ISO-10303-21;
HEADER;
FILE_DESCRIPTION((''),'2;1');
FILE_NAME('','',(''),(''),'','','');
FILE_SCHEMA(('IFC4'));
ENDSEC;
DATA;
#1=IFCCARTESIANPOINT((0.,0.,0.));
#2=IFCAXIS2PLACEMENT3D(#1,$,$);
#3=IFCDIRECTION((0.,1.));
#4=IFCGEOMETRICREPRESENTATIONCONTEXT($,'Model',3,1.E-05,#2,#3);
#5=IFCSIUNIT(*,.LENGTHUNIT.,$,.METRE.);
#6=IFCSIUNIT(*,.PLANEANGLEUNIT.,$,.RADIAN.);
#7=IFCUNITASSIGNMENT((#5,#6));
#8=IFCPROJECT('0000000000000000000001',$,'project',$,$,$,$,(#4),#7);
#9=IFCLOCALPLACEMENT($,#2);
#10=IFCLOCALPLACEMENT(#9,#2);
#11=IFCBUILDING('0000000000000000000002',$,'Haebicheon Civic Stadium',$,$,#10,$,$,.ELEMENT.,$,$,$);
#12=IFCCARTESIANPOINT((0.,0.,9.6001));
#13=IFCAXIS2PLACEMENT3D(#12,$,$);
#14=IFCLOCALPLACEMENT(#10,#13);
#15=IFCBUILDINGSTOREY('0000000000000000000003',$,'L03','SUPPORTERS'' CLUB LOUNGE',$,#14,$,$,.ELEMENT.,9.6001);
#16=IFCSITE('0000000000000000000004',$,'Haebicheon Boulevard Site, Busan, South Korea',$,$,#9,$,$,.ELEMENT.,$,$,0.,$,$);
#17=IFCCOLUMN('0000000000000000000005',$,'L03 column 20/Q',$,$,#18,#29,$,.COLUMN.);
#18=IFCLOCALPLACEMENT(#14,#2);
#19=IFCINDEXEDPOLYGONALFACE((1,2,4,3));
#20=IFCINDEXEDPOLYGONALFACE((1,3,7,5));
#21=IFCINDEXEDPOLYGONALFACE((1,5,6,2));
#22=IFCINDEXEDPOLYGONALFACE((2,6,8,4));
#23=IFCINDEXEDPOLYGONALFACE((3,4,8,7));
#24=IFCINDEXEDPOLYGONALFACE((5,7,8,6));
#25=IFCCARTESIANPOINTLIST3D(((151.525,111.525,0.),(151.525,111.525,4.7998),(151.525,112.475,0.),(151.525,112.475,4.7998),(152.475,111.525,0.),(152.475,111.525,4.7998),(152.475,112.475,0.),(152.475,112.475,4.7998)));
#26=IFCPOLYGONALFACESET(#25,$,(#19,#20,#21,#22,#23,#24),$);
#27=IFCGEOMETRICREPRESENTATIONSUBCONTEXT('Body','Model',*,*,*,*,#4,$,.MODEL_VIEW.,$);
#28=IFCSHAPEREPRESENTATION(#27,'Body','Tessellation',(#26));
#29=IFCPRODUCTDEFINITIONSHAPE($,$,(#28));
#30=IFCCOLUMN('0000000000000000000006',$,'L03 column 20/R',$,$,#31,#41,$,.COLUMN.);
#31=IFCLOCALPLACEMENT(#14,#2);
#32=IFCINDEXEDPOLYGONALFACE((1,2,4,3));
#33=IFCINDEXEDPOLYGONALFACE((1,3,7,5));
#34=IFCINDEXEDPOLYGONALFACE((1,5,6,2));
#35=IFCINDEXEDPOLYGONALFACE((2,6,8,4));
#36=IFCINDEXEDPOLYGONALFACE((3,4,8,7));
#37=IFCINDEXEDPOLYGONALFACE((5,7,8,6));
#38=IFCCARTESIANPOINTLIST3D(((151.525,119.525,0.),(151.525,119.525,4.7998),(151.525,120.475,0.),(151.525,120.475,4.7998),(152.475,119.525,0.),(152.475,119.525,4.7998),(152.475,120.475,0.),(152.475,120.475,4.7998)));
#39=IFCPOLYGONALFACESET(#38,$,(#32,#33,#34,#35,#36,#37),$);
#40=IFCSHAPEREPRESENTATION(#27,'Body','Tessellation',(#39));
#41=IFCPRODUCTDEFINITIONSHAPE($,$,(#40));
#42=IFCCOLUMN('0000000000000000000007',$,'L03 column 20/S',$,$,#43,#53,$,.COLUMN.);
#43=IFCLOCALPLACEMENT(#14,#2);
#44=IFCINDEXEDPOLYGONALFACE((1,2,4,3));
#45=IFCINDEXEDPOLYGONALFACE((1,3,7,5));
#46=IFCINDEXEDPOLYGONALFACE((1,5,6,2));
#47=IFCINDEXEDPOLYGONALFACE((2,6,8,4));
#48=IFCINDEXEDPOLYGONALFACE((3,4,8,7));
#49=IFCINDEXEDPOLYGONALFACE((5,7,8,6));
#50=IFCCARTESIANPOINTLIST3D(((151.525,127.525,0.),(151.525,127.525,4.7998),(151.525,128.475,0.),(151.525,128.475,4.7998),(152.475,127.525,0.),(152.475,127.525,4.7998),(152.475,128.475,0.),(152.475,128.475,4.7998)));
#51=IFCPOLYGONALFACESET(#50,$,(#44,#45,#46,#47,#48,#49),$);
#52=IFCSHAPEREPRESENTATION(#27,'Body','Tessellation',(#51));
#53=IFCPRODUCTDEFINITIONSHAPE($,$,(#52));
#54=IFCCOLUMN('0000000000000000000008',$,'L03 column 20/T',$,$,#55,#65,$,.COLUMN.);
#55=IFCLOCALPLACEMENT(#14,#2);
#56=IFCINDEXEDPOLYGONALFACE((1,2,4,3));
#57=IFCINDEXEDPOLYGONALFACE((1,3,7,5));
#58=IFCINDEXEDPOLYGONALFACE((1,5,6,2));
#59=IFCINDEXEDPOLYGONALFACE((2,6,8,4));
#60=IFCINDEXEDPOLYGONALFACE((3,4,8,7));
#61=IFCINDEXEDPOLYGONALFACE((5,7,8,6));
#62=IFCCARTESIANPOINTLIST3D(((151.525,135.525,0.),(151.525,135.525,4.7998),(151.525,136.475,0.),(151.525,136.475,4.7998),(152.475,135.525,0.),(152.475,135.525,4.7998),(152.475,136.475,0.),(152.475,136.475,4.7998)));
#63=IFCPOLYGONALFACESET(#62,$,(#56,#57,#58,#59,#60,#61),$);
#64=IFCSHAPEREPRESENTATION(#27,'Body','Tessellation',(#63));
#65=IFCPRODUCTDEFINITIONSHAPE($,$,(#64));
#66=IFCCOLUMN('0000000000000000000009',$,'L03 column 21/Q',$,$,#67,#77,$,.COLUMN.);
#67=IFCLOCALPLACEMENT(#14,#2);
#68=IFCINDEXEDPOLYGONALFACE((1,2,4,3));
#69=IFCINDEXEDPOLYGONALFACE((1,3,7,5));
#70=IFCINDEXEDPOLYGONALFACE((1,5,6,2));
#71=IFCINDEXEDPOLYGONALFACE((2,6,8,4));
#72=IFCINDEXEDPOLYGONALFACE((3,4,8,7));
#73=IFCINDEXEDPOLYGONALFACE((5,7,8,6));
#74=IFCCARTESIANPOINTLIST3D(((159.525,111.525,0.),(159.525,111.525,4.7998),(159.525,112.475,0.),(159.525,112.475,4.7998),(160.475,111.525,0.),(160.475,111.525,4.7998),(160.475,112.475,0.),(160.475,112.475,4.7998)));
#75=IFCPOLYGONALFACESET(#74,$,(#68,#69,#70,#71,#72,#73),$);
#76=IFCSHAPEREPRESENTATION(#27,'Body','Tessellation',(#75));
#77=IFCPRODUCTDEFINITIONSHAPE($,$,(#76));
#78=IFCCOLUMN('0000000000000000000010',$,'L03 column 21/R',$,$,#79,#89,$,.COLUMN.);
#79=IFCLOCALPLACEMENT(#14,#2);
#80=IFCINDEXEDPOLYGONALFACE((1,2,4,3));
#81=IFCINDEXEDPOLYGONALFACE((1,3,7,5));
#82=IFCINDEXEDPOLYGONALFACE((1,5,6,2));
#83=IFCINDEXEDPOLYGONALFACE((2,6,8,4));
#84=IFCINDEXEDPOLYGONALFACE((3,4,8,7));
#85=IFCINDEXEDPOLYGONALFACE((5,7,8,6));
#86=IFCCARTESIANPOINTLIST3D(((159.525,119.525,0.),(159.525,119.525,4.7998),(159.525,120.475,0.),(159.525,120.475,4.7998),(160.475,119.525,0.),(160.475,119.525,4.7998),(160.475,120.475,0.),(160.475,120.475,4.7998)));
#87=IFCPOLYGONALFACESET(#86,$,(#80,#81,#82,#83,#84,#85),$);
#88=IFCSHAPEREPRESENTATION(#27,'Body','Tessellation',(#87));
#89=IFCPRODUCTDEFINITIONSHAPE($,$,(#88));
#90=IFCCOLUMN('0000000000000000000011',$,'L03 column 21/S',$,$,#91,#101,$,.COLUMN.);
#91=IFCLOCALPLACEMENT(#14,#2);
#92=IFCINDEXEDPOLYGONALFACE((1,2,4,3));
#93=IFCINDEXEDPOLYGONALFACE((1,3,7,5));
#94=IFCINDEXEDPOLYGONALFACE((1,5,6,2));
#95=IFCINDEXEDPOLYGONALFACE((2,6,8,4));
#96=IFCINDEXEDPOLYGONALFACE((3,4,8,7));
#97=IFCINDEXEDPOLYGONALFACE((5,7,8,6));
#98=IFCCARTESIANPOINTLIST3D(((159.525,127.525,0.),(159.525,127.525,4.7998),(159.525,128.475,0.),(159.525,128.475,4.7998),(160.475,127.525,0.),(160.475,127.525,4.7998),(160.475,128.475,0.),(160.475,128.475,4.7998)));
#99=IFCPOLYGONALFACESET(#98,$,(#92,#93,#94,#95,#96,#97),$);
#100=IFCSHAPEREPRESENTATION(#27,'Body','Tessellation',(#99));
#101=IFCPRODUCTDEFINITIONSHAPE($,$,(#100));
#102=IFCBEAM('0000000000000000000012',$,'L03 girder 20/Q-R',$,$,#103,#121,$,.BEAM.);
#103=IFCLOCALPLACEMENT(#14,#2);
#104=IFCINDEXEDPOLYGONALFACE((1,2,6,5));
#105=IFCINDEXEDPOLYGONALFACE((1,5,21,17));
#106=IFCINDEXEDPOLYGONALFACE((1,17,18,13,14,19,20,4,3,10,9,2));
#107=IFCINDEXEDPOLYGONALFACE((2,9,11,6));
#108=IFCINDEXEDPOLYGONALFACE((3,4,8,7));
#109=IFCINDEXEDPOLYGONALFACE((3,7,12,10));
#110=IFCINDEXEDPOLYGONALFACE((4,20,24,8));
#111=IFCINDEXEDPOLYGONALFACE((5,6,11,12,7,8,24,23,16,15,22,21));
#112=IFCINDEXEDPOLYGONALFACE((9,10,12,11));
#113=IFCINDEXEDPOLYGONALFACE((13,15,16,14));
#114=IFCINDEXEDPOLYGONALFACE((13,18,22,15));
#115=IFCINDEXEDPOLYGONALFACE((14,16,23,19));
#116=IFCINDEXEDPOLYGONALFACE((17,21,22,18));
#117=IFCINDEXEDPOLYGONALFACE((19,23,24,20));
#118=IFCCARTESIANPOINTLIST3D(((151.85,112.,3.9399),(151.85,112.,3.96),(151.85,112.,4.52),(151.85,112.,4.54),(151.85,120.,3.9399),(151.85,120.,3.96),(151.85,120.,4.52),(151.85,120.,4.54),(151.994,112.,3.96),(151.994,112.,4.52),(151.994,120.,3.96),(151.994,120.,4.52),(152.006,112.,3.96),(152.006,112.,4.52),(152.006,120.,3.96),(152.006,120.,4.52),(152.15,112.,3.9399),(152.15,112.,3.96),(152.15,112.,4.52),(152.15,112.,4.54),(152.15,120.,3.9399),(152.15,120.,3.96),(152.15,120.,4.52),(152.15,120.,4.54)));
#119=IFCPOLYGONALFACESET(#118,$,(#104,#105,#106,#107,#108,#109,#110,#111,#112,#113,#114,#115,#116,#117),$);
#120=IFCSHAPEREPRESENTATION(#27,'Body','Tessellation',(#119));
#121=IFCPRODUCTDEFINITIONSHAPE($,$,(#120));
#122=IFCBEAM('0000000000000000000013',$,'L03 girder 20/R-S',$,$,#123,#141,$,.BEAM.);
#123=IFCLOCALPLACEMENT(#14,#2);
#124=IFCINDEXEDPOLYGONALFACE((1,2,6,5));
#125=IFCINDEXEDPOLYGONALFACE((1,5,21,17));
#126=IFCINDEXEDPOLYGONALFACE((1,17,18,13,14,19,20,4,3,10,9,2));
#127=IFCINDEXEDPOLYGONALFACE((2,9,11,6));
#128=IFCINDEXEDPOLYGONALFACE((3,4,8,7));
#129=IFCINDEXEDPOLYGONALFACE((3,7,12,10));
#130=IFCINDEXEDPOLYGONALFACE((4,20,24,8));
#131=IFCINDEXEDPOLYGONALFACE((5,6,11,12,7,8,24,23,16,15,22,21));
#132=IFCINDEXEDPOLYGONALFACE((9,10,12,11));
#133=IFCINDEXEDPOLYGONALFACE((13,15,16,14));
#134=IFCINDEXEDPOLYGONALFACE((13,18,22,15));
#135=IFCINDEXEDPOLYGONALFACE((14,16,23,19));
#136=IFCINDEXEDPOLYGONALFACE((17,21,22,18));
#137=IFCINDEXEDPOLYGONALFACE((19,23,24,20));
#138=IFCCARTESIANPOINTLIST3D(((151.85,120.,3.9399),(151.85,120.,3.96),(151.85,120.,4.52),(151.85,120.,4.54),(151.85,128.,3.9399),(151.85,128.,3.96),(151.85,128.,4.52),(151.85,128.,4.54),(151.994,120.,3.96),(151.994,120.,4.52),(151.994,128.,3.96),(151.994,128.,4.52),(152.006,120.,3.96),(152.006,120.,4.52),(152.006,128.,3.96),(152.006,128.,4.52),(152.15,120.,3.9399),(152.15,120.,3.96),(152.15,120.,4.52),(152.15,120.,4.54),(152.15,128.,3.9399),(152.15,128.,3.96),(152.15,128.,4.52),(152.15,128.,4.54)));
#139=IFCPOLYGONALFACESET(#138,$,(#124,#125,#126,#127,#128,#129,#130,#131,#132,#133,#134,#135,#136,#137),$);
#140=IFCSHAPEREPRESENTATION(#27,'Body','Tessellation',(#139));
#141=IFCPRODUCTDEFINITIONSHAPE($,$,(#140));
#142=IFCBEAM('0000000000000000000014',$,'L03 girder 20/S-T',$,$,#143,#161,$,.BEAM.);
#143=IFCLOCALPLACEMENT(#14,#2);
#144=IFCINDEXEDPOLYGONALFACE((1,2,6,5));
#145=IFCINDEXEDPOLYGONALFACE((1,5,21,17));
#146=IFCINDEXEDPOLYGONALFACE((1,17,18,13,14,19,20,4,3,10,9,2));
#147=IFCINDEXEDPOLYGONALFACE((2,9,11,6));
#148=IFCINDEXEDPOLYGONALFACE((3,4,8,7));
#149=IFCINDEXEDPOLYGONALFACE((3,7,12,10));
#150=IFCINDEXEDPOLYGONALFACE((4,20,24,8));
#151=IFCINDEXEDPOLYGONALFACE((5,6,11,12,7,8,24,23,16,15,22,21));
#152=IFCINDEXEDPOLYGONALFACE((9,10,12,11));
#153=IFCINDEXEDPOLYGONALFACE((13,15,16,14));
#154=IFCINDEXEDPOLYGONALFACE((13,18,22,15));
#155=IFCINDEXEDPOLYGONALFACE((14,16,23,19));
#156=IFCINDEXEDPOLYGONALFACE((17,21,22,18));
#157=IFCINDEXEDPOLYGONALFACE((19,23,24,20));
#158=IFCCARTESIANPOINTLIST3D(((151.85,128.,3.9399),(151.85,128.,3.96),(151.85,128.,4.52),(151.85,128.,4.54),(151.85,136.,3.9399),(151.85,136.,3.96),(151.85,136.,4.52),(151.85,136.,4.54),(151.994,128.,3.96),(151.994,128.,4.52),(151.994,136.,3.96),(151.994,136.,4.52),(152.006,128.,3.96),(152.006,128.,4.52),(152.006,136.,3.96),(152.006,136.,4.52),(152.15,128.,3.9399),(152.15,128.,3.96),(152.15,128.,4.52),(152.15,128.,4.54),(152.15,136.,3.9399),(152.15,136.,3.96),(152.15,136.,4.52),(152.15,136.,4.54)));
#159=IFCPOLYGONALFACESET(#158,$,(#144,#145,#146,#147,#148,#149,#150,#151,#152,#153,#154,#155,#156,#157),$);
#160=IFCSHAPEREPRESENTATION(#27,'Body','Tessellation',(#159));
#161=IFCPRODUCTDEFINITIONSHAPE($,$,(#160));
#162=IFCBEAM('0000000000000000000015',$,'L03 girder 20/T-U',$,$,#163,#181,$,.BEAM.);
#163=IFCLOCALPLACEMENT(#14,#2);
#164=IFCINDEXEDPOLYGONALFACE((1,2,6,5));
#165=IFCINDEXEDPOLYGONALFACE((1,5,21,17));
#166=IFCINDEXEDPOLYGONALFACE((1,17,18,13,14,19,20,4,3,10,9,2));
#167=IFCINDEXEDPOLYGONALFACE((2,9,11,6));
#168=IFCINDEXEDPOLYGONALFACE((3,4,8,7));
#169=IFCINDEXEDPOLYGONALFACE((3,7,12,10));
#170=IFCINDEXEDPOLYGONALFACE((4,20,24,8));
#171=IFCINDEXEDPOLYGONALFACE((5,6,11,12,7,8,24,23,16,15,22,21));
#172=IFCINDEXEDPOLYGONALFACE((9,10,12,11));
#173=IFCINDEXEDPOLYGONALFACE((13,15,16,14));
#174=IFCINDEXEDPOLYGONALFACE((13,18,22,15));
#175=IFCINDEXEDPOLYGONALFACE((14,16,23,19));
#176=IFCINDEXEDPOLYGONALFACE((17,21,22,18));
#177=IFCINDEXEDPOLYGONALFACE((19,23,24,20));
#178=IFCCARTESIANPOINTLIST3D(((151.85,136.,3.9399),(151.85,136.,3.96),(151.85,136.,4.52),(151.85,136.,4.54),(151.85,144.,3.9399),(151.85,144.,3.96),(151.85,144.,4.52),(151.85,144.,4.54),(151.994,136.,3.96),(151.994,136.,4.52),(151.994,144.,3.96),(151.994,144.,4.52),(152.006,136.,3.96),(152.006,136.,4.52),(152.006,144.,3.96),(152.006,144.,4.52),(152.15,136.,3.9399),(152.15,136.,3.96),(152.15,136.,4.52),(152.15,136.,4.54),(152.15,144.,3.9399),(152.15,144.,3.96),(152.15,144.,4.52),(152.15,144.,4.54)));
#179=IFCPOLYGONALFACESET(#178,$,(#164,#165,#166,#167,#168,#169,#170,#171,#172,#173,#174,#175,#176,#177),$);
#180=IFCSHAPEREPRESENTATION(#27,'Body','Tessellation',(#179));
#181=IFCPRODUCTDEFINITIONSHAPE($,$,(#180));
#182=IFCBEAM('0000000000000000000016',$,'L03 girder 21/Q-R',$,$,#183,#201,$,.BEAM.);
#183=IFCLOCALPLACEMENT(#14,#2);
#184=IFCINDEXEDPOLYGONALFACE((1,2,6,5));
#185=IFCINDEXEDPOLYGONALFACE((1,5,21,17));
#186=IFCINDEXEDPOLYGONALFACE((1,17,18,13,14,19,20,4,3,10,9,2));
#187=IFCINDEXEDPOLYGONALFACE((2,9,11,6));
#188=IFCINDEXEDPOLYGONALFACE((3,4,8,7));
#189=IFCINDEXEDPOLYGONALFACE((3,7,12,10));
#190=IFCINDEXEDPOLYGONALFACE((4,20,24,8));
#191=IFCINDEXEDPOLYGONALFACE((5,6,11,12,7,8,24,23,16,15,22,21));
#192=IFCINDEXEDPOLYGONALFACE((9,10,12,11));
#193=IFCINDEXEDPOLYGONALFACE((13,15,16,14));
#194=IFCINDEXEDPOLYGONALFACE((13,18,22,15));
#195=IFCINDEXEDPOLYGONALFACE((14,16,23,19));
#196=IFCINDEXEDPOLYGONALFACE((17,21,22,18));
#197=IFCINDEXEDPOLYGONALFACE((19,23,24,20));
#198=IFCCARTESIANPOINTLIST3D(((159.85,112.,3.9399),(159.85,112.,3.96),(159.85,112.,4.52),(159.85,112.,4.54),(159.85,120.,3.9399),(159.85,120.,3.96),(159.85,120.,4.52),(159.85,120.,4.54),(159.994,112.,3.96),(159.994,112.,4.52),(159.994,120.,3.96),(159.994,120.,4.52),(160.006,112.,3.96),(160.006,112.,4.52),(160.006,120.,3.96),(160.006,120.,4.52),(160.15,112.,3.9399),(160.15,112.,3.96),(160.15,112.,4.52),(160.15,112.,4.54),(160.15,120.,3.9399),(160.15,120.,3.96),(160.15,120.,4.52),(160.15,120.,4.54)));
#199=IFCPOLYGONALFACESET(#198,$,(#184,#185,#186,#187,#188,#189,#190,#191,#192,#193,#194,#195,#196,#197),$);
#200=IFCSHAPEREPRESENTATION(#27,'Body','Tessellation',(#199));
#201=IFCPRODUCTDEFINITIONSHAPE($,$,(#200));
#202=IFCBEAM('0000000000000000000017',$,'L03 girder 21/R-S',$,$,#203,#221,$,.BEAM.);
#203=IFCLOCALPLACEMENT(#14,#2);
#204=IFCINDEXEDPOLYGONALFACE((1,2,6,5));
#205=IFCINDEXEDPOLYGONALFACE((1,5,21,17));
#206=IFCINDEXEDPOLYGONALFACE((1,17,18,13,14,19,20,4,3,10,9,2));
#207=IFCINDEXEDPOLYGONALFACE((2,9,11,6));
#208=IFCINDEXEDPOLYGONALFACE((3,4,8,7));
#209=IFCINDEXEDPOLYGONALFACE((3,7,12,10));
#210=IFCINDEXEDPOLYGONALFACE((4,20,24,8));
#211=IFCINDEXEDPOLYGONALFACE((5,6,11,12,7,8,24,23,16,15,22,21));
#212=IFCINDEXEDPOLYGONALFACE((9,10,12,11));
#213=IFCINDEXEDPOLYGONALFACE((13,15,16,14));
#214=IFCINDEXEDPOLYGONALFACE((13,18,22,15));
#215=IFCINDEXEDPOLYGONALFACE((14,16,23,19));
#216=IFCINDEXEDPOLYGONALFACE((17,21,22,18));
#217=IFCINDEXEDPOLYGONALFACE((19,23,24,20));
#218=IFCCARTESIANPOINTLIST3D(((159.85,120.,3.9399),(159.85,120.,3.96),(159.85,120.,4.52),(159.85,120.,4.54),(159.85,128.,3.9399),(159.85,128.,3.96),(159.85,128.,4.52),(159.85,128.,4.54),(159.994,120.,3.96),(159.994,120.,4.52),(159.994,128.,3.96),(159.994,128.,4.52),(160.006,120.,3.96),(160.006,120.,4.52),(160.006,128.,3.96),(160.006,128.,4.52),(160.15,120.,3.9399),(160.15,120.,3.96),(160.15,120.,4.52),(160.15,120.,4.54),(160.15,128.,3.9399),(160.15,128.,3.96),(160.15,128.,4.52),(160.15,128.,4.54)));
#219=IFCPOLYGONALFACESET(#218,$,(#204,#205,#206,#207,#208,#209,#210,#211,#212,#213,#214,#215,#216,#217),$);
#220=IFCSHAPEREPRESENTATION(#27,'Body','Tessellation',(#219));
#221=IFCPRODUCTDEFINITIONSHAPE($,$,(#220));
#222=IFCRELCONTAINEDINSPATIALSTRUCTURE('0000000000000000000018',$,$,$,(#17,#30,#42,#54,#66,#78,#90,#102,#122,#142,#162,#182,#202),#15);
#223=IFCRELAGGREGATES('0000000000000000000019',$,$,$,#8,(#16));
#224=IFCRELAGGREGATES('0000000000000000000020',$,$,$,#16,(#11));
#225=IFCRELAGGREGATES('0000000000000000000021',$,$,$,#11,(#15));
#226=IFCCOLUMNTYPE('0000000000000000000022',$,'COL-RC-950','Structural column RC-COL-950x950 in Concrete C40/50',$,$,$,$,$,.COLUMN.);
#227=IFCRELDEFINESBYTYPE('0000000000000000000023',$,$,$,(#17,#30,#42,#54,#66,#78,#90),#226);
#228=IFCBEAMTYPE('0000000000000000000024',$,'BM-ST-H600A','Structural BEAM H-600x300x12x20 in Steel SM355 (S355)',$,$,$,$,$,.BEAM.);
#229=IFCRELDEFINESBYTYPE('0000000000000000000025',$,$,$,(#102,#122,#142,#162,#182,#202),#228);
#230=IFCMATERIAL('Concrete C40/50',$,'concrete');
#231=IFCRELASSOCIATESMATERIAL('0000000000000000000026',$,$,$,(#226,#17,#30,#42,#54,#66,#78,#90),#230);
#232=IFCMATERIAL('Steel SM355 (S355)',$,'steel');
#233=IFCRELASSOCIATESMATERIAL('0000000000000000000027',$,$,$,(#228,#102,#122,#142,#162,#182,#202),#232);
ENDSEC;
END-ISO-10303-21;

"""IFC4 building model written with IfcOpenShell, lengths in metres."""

from ifc_helpers import new_model, si_unit, direction, frame, origin, origin_2d, place, context, subcontext, project, spatial, rectangle, i_section, extrude, material, material_profile, profile_set, type_object, element, save


model = new_model("IFC4")

# Units and contexts
model_context = context("Model", 3, precision=1e-05, world=origin(), true_north=direction((0.0, 1.0)))
body_context = subcontext(model_context, "Body", "Model", "MODEL_VIEW")
ifc_project = project(units=[si_unit("LENGTHUNIT", "METRE"), si_unit("PLANEANGLEUNIT", "RADIAN")], contexts=[model_context])

# Site, building, storey
site_placement = place(None, origin())
site = spatial("IfcSite", under=ifc_project, at=site_placement, Name="Haebicheon Boulevard Site, Busan, South Korea", CompositionType="ELEMENT", RefElevation=0.0)
building_placement = place(site_placement, origin())
building = spatial("IfcBuilding", under=site, at=building_placement, Name="Haebicheon Civic Stadium", CompositionType="ELEMENT")
storey_placement = place(building_placement, frame((0.0, 0.0, 9.6001)))
storey = spatial("IfcBuildingStorey", under=building, at=storey_placement, Name="L03", Description="SUPPORTERS' CLUB LOUNGE", CompositionType="ELEMENT", Elevation=9.6001)

# Columns
ifc_material_1 = material(Name="Concrete C40/50", Category="concrete")
ifc_material_profile_1 = material_profile(ifc_material_1, rectangle(XDim=0.95, YDim=0.95, at=origin_2d()), Name="RC-COL-950x950")
ifc_profile_set_1 = profile_set([ifc_material_profile_1], Name="Concrete C40/50")
column_type = type_object("IfcColumnType", Name="COL-RC-950", Description="Structural column RC-COL-950x950 in Concrete C40/50", PredefinedType="COLUMN", material=ifc_profile_set_1)
for number, where, z_axis, x_axis, name in (
    (1, (152.0, 112.0, 0.0), (0.0, 0.0, 1.0), (1.0, 0.0, 0.0), "L03 column 20/Q"),
    (2, (152.0, 120.0, 0.0), (0.0, 0.0, 1.0), (1.0, 0.0, 0.0), "L03 column 20/R"),
    (3, (152.0, 128.0, 0.0), (0.0, 0.0, 1.0), (1.0, 0.0, 0.0), "L03 column 20/S"),
    (4, (152.0, 136.0, 0.0), (0.0, 0.0, 1.0), (1.0, 0.0, 0.0), "L03 column 20/T"),
    (5, (160.0, 112.0, 0.0), (0.0, 0.0, 1.0), (1.0, 0.0, 0.0), "L03 column 21/Q"),
    (6, (160.0, 120.0, 0.0), (0.0, 0.0, 1.0), (1.0, 0.0, 0.0), "L03 column 21/R"),
    (7, (160.0, 128.0, 0.0), (0.0, 0.0, 1.0), (1.0, 0.0, 0.0), "L03 column 21/S"),
):
    element("IfcColumn", number, at=place(storey_placement, frame(where, z_axis=z_axis, x_axis=x_axis)), inside=storey, type_object=column_type, material=ifc_profile_set_1, Name=name, PredefinedType="COLUMN", context=body_context, shape_type="SweptSolid", body=[
        extrude(rectangle(XDim=0.95, YDim=0.95, at=origin_2d()), origin(), (0.0, 0.0, 1.0), 4.7998),
    ])

# Beams
ifc_material_2 = material(Name="Steel SM355 (S355)", Category="steel")
ifc_material_profile_2 = material_profile(ifc_material_2, i_section(OverallWidth=0.3, OverallDepth=0.6001, WebThickness=0.012, FlangeThickness=0.02, at=origin_2d()), Name="H-600x300x12x20")
ifc_profile_set_2 = profile_set([ifc_material_profile_2], Name="Steel SM355 (S355)")
beam_type_1 = type_object("IfcBeamType", Name="BM-ST-H600A", Description="Structural BEAM H-600x300x12x20 in Steel SM355 (S355)", PredefinedType="BEAM", material=ifc_profile_set_2)
for number, where, z_axis, x_axis, name in (
    (8, (152.0, 112.0, 4.24), (0.0, 1.0, 0.0), (-1.0, 0.0, 0.0), "L03 girder 20/Q-R"),
    (9, (152.0, 120.0, 4.24), (0.0, 1.0, 0.0), (-1.0, 0.0, 0.0), "L03 girder 20/R-S"),
    (10, (152.0, 128.0, 4.24), (0.0, 1.0, 0.0), (-1.0, 0.0, 0.0), "L03 girder 20/S-T"),
    (11, (152.0, 136.0, 4.24), (0.0, 1.0, 0.0), (-1.0, 0.0, 0.0), "L03 girder 20/T-U"),
    (12, (160.0, 112.0, 4.24), (0.0, 1.0, 0.0), (-1.0, 0.0, 0.0), "L03 girder 21/Q-R"),
    (13, (160.0, 120.0, 4.24), (0.0, 1.0, 0.0), (-1.0, 0.0, 0.0), "L03 girder 21/R-S"),
):
    element("IfcBeam", number, at=place(storey_placement, frame(where, z_axis=z_axis, x_axis=x_axis)), inside=storey, type_object=beam_type_1, material=ifc_profile_set_2, Name=name, PredefinedType="BEAM", context=body_context, shape_type="SweptSolid", body=[
        extrude(i_section(OverallWidth=0.3, OverallDepth=0.6001, WebThickness=0.012, FlangeThickness=0.02, at=origin_2d()), origin(), (0.0, 0.0, 1.0), 8.0),
    ])

save(model, "model.ifc")
